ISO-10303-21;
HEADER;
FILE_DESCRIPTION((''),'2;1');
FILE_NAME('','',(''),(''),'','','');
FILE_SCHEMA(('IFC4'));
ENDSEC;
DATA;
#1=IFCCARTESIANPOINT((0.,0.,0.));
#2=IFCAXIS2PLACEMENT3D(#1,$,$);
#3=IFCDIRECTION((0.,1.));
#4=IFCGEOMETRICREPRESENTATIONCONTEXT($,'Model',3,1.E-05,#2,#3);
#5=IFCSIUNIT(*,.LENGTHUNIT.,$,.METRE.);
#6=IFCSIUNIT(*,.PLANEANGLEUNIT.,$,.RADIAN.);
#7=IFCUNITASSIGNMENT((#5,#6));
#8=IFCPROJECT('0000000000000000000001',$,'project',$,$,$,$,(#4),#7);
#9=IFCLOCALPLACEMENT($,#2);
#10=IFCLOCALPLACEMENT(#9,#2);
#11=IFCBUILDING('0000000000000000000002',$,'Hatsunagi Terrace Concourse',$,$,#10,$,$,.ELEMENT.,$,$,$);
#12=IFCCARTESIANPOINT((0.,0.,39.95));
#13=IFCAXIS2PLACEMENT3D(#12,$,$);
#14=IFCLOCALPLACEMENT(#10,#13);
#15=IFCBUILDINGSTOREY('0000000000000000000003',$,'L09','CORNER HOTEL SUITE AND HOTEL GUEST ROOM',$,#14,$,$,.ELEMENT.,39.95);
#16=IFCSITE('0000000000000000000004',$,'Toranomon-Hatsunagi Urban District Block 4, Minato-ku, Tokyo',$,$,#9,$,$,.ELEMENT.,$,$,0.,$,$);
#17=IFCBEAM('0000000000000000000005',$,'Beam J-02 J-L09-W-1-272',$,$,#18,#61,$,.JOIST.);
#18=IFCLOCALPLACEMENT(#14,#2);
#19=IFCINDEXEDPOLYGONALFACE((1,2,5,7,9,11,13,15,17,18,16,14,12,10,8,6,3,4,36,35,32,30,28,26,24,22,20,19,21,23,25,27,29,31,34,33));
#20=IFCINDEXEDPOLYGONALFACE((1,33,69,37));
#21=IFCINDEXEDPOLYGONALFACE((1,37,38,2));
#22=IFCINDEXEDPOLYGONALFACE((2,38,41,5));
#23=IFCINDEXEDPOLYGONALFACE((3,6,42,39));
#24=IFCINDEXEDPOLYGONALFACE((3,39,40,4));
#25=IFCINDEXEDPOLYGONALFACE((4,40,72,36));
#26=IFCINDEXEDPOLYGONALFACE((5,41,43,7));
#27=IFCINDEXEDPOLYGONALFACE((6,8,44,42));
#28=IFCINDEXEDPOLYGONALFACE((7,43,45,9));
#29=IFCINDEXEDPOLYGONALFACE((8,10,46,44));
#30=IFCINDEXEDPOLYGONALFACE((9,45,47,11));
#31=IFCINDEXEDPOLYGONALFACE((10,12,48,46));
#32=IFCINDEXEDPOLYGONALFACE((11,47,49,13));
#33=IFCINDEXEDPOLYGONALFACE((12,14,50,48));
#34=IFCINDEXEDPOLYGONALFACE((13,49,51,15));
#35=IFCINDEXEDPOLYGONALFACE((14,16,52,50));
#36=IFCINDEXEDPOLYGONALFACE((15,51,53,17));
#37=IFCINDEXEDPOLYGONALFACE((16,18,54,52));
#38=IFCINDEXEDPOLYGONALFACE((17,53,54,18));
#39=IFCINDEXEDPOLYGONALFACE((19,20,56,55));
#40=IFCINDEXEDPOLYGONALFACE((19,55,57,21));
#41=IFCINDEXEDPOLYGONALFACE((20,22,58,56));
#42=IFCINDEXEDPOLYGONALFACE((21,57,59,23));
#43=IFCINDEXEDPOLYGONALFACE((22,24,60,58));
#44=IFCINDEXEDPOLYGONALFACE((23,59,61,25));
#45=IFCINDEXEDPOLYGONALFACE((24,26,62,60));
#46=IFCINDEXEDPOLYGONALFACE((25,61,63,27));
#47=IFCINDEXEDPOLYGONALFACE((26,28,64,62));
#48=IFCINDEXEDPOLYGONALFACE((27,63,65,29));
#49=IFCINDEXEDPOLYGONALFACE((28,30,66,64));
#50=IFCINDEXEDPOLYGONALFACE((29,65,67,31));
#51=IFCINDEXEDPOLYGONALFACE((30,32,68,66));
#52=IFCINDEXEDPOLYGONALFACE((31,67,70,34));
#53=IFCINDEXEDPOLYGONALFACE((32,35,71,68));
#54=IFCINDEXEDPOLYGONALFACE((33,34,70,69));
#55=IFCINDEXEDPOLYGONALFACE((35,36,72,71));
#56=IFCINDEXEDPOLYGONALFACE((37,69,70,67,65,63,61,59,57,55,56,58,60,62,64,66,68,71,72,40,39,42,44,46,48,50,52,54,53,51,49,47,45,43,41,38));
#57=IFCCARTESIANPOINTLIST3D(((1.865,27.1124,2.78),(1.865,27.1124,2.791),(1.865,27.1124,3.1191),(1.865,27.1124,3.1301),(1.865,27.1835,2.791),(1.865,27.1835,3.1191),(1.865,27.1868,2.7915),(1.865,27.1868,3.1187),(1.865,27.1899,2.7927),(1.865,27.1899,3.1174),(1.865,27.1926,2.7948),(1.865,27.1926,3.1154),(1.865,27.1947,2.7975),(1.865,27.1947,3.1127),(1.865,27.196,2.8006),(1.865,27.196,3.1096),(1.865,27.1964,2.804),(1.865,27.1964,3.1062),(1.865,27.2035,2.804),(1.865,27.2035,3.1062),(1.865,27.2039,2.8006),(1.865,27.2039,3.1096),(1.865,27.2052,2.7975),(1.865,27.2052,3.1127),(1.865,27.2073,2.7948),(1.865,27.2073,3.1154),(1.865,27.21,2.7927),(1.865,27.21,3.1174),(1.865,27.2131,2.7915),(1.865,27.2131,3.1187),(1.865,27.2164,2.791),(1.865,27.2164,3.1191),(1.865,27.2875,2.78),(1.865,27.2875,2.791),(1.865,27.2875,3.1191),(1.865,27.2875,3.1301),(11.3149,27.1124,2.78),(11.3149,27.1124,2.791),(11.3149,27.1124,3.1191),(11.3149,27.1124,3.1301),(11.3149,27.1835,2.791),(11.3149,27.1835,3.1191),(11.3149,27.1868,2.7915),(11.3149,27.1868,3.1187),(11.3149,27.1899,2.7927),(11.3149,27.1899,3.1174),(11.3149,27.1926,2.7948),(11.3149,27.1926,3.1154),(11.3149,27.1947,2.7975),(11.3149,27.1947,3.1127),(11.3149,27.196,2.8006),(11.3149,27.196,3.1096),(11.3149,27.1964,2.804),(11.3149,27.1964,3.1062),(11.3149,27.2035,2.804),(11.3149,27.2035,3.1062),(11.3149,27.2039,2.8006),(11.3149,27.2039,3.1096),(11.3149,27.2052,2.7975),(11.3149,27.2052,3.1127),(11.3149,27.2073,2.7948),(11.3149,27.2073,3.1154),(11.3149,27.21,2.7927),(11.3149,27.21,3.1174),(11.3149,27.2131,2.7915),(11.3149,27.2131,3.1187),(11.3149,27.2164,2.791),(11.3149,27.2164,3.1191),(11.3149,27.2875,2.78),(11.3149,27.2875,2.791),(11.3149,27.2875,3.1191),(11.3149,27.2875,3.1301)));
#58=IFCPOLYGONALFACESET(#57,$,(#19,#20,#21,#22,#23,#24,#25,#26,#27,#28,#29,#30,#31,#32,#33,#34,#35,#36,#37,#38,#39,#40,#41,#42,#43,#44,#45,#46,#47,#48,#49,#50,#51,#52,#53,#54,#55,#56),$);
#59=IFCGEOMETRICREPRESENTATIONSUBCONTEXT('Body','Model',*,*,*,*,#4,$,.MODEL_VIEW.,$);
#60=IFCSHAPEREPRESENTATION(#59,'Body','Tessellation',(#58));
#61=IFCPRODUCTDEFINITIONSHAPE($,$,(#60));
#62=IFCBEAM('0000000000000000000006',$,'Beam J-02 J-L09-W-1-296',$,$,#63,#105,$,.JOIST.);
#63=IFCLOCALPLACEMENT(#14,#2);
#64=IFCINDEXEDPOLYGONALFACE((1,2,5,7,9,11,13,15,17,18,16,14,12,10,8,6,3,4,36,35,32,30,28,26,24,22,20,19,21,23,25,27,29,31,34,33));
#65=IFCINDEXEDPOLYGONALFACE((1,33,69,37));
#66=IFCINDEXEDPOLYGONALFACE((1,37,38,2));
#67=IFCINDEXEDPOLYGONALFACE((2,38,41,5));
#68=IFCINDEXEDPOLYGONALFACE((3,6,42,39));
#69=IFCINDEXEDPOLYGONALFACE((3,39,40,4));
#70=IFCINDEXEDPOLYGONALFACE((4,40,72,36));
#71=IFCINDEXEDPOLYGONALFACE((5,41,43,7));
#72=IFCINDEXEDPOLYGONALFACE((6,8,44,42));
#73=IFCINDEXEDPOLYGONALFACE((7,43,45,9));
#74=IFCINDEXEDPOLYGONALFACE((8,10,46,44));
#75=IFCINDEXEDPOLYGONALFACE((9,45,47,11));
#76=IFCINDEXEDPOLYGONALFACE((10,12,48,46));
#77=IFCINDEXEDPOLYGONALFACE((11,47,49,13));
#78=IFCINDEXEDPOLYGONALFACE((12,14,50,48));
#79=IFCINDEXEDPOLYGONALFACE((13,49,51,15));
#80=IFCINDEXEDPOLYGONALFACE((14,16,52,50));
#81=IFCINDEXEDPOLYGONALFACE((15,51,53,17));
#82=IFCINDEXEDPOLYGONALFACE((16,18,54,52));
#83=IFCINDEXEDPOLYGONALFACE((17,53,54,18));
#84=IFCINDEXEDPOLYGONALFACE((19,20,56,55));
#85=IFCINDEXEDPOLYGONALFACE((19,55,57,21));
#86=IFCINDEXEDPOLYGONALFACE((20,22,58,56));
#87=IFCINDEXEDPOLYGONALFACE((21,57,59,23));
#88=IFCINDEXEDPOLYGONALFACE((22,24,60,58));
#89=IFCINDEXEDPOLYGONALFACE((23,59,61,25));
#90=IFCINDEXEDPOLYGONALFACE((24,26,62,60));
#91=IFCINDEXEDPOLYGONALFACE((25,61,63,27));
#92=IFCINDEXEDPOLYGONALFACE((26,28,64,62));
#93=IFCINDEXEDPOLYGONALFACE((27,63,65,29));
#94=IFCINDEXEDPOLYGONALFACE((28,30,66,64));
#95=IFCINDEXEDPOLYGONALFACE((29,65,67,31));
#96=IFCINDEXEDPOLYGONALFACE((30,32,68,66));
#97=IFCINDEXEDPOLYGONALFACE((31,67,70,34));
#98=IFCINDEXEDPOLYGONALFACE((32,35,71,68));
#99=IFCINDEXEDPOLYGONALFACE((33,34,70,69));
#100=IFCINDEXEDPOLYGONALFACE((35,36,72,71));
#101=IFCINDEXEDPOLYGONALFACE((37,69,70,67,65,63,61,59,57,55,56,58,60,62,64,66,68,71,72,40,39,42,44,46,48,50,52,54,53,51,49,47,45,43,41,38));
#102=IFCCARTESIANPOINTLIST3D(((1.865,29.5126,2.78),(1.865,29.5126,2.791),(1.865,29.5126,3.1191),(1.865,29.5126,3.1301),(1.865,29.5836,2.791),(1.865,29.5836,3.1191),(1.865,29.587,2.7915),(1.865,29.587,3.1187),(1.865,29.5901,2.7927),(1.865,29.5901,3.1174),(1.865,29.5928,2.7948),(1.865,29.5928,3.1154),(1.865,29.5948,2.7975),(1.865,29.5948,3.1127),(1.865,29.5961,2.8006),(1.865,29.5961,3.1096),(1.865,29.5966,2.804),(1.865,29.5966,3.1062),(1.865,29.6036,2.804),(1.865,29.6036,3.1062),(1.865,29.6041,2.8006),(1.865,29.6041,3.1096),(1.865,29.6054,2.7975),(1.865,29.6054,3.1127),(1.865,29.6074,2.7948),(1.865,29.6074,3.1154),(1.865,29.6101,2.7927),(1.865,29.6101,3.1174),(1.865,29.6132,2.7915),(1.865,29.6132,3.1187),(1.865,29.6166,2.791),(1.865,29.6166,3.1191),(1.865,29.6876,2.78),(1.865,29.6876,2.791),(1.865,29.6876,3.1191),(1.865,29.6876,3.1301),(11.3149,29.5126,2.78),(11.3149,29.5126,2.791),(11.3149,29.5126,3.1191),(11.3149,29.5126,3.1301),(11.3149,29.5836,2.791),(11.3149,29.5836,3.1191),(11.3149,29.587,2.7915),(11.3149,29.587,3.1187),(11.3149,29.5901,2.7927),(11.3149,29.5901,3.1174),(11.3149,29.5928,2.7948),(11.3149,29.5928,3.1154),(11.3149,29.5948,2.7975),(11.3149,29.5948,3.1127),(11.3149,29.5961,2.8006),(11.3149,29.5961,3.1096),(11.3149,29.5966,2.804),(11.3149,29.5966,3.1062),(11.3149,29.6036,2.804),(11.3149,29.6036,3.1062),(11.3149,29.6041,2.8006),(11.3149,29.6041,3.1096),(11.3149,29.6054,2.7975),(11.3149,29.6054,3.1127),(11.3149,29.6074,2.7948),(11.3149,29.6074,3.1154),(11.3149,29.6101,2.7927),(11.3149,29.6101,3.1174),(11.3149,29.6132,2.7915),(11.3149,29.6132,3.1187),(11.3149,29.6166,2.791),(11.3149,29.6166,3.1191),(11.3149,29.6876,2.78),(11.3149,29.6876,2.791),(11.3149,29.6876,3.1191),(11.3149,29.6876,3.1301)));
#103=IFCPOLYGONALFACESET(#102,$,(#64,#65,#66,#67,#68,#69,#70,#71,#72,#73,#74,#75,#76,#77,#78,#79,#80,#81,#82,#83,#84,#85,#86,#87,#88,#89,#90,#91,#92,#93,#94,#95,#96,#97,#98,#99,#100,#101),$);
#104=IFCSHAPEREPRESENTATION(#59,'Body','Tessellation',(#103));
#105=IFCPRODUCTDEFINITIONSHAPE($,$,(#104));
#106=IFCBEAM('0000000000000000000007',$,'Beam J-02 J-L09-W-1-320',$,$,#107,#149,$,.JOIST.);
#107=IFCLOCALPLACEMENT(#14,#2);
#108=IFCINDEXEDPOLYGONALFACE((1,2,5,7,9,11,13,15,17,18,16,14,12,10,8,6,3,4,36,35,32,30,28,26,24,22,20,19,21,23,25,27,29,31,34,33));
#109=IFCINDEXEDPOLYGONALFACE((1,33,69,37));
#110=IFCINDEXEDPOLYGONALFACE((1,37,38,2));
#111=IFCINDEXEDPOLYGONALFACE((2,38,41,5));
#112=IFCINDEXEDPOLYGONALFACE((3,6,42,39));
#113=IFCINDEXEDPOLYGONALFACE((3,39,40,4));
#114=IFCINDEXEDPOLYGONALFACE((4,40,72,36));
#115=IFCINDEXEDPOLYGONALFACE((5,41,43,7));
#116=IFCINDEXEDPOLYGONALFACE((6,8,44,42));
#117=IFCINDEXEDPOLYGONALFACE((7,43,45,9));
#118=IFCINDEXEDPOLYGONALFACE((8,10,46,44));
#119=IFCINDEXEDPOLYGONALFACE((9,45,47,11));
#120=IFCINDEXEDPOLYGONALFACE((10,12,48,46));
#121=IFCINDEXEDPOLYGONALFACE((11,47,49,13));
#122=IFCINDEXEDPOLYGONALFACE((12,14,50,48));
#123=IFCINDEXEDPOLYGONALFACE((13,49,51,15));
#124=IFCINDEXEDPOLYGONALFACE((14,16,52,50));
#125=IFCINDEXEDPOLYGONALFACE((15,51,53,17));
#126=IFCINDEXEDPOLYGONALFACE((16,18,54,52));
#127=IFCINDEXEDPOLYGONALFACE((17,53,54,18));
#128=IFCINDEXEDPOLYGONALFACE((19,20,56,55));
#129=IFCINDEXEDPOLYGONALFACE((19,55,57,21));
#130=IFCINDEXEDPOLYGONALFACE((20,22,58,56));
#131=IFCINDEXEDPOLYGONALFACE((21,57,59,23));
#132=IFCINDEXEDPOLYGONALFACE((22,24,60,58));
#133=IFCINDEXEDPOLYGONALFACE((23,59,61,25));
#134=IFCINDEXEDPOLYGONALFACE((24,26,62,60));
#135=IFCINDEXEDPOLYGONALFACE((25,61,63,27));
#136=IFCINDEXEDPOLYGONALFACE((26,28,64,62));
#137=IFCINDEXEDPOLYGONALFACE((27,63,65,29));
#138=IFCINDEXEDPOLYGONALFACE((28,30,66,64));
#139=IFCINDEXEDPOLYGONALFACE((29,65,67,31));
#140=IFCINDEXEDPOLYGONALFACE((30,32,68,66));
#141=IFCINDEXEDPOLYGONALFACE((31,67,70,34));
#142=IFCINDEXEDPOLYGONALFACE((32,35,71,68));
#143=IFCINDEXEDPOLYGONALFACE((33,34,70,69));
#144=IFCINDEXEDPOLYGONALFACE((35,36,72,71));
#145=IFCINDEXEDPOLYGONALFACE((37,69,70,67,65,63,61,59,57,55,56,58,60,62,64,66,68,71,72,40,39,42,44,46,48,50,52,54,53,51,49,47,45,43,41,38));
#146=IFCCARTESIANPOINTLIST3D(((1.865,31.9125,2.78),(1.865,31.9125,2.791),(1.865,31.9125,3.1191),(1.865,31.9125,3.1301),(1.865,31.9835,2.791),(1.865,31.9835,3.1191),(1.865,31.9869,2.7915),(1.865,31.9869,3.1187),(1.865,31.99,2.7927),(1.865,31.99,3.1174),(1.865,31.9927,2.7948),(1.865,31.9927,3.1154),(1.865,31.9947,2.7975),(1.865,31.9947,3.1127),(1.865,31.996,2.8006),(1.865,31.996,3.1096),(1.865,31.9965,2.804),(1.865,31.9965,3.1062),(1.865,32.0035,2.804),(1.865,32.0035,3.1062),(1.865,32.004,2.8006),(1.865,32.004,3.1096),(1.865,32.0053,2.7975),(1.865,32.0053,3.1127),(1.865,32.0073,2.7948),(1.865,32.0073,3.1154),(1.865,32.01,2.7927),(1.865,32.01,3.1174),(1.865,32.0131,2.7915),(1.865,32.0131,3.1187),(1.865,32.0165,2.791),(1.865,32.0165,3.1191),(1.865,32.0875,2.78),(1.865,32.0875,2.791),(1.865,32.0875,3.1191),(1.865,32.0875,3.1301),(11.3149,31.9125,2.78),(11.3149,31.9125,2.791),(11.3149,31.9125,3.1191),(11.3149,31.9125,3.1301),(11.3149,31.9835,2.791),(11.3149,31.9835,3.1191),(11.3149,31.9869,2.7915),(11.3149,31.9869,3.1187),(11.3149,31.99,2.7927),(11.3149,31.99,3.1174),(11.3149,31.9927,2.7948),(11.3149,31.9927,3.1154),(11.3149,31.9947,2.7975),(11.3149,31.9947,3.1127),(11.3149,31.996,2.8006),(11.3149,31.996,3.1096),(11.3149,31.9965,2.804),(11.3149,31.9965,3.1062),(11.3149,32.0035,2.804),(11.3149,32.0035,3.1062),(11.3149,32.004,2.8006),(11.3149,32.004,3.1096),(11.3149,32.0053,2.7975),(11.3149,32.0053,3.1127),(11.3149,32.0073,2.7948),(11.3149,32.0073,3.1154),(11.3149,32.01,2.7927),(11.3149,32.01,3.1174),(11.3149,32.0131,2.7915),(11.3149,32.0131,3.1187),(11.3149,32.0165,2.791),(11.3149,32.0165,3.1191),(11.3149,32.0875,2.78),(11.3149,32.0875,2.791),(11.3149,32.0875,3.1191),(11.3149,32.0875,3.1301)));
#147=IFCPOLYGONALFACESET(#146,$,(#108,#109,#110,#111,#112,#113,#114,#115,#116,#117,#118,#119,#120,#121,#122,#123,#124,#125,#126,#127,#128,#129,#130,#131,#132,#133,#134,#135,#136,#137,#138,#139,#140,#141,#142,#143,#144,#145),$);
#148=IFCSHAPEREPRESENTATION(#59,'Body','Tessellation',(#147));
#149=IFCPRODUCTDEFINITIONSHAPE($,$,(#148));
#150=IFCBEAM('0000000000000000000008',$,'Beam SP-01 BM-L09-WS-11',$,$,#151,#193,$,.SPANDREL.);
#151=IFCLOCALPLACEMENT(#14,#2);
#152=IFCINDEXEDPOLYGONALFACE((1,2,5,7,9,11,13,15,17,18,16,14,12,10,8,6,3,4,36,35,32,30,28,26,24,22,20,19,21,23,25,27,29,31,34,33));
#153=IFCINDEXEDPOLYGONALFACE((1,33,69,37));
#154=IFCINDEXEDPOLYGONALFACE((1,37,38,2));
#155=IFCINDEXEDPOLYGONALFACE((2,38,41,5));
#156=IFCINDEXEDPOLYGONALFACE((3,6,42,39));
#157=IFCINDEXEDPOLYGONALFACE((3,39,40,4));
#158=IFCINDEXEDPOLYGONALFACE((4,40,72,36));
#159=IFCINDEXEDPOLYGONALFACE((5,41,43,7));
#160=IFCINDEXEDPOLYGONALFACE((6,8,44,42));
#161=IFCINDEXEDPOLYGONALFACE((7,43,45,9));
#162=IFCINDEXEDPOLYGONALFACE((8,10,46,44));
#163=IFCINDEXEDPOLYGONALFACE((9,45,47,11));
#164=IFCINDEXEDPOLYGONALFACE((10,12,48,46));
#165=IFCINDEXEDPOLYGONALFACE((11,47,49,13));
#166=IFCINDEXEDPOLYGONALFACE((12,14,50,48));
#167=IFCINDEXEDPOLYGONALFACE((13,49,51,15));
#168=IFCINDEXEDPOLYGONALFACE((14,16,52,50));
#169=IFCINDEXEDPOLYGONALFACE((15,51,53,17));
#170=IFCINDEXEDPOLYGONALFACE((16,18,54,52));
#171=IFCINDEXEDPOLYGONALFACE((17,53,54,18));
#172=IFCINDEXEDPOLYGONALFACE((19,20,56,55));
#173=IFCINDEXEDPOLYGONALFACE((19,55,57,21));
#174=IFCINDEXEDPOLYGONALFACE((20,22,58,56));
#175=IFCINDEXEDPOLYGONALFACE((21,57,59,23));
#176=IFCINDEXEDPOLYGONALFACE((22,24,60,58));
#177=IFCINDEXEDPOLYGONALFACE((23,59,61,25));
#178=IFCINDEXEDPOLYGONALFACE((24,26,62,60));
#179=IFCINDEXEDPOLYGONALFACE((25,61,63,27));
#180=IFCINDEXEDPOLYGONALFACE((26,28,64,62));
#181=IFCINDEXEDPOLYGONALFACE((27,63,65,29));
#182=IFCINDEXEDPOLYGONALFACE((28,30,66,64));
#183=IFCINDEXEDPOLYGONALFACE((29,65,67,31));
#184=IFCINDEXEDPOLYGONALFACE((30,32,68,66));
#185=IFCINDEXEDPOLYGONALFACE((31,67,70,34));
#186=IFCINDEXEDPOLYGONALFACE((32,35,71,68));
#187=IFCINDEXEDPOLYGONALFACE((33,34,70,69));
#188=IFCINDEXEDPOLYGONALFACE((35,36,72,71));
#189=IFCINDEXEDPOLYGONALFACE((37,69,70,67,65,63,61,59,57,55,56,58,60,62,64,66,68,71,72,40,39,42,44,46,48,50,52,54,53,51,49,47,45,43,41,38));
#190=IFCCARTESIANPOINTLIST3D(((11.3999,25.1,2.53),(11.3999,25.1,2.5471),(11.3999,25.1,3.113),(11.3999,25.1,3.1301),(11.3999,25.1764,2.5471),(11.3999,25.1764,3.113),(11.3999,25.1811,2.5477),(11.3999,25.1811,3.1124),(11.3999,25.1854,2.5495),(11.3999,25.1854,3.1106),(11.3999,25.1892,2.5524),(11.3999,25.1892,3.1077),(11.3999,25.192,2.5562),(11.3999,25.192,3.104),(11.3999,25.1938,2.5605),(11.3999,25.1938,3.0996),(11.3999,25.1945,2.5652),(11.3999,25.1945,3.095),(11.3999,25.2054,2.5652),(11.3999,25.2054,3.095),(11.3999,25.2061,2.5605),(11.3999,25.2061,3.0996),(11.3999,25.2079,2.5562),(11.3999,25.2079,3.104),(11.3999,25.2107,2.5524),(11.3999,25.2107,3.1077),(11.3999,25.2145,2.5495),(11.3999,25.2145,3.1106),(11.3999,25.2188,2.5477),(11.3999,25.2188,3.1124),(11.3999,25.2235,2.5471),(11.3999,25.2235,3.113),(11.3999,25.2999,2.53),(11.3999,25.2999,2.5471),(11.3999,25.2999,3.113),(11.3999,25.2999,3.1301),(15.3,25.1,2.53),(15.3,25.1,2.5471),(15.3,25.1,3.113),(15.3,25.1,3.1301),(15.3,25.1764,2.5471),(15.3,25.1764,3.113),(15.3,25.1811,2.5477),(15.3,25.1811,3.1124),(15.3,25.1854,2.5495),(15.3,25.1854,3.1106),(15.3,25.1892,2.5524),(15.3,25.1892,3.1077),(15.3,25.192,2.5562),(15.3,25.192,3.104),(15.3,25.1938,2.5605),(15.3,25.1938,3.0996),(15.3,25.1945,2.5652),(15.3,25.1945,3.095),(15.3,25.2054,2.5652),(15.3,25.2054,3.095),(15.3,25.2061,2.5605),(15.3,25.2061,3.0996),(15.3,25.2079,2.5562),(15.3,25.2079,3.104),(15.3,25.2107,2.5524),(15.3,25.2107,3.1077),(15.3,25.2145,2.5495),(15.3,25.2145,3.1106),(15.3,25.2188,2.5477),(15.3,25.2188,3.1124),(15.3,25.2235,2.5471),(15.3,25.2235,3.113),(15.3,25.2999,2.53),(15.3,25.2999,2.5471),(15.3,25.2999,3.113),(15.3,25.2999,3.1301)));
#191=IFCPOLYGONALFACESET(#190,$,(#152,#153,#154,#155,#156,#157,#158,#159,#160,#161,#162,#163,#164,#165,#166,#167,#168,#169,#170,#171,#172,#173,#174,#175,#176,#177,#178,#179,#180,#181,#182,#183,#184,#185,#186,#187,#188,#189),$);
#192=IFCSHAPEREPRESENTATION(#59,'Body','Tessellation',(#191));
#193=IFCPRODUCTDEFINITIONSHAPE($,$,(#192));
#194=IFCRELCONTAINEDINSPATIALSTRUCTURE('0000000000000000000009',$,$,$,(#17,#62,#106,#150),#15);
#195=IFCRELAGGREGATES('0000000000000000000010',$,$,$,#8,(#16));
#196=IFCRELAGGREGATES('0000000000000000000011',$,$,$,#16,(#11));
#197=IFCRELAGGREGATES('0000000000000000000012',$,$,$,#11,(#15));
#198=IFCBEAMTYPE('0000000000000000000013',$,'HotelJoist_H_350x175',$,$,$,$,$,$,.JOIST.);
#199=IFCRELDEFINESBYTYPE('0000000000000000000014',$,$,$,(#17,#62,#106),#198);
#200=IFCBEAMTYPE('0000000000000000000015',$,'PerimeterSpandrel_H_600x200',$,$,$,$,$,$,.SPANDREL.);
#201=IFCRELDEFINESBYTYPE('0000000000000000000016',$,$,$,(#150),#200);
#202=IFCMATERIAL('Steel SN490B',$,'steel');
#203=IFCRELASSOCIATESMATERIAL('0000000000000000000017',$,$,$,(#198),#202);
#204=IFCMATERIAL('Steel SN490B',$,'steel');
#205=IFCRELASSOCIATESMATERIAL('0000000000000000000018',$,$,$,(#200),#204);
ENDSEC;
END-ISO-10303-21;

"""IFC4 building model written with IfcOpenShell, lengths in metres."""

from ifc_helpers import new_model, si_unit, direction, frame, origin, origin_2d, place, context, subcontext, project, spatial, i_section, extrude, material, material_profile, profile_set, type_object, element, save


model = new_model("IFC4")

# Units and contexts
model_context = context("Model", 3, precision=1e-05, world=origin(), true_north=direction((0.0, 1.0)))
body_context = subcontext(model_context, "Body", "Model", "MODEL_VIEW")
ifc_project = project(units=[si_unit("LENGTHUNIT", "METRE"), si_unit("PLANEANGLEUNIT", "RADIAN")], contexts=[model_context])

# Site, building, storey
site_placement = place(None, origin())
site = spatial("IfcSite", under=ifc_project, at=site_placement, Name="Toranomon-Hatsunagi Urban District Block 4, Minato-ku, Tokyo", CompositionType="ELEMENT", RefElevation=0.0)
building_placement = place(site_placement, origin())
building = spatial("IfcBuilding", under=site, at=building_placement, Name="Hatsunagi Terrace Concourse", CompositionType="ELEMENT")
storey_placement = place(building_placement, frame((0.0, 0.0, 39.95)))
storey = spatial("IfcBuildingStorey", under=building, at=storey_placement, Name="L09", Description="CORNER HOTEL SUITE AND HOTEL GUEST ROOM", CompositionType="ELEMENT", Elevation=39.95)

# Beams
ifc_material_1 = material(Name="Steel SN490B", Category="steel")
ifc_material_profile_1 = material_profile(ifc_material_1, i_section(OverallWidth=0.175, OverallDepth=0.3501, WebThickness=0.0071, FlangeThickness=0.011, FilletRadius=0.0129, at=origin_2d()), Name="H-350x175x7x11")
ifc_profile_set_1 = profile_set([ifc_material_profile_1], Name="Steel SN490B")
beam_type_1 = type_object("IfcBeamType", Name="HotelJoist_H_350x175", PredefinedType="JOIST", material=ifc_profile_set_1)
for number, where, z_axis, x_axis, name in (
    (1, (1.865, 27.2, 2.9551), (1.0, 0.0, 0.0), (0.0, 1.0, 0.0), "Beam J-02 J-L09-W-1-272"),
    (2, (1.865, 29.6001, 2.9551), (1.0, 0.0, 0.0), (0.0, 1.0, 0.0), "Beam J-02 J-L09-W-1-296"),
    (3, (1.865, 32.0, 2.9551), (1.0, 0.0, 0.0), (0.0, 1.0, 0.0), "Beam J-02 J-L09-W-1-320"),
):
    element("IfcBeam", number, at=place(storey_placement, frame(where, z_axis=z_axis, x_axis=x_axis)), inside=storey, type_object=beam_type_1, Name=name, PredefinedType="JOIST", context=body_context, shape_type="SweptSolid", body=[
        extrude(i_section(OverallWidth=0.175, OverallDepth=0.3501, WebThickness=0.0071, FlangeThickness=0.011, FilletRadius=0.0129, at=origin_2d()), origin(), (0.0, 0.0, 1.0), 9.45),
    ])
ifc_material_2 = material(Name="Steel SN490B", Category="steel")
ifc_material_profile_2 = material_profile(ifc_material_2, i_section(OverallWidth=0.2, OverallDepth=0.6001, WebThickness=0.011, FlangeThickness=0.0171, FilletRadius=0.0181, at=origin_2d()), Name="H-600x200x11x17")
ifc_profile_set_2 = profile_set([ifc_material_profile_2], Name="Steel SN490B")
beam_type_2 = type_object("IfcBeamType", Name="PerimeterSpandrel_H_600x200", PredefinedType="SPANDREL", material=ifc_profile_set_2)
beam_1_placement = place(storey_placement, frame((11.3999, 25.2, 2.8301), z_axis=(1.0, 0.0, 0.0), x_axis=(0.0, 1.0, 0.0)))
element("IfcBeam", 4, at=beam_1_placement, inside=storey, type_object=beam_type_2, Name="Beam SP-01 BM-L09-WS-11", PredefinedType="SPANDREL", context=body_context, shape_type="SweptSolid", body=[
    extrude(i_section(OverallWidth=0.2, OverallDepth=0.6001, WebThickness=0.011, FlangeThickness=0.0171, FilletRadius=0.0181, at=origin_2d()), origin(), (0.0, 0.0, 1.0), 3.9001),
])

save(model, "model.ifc")
